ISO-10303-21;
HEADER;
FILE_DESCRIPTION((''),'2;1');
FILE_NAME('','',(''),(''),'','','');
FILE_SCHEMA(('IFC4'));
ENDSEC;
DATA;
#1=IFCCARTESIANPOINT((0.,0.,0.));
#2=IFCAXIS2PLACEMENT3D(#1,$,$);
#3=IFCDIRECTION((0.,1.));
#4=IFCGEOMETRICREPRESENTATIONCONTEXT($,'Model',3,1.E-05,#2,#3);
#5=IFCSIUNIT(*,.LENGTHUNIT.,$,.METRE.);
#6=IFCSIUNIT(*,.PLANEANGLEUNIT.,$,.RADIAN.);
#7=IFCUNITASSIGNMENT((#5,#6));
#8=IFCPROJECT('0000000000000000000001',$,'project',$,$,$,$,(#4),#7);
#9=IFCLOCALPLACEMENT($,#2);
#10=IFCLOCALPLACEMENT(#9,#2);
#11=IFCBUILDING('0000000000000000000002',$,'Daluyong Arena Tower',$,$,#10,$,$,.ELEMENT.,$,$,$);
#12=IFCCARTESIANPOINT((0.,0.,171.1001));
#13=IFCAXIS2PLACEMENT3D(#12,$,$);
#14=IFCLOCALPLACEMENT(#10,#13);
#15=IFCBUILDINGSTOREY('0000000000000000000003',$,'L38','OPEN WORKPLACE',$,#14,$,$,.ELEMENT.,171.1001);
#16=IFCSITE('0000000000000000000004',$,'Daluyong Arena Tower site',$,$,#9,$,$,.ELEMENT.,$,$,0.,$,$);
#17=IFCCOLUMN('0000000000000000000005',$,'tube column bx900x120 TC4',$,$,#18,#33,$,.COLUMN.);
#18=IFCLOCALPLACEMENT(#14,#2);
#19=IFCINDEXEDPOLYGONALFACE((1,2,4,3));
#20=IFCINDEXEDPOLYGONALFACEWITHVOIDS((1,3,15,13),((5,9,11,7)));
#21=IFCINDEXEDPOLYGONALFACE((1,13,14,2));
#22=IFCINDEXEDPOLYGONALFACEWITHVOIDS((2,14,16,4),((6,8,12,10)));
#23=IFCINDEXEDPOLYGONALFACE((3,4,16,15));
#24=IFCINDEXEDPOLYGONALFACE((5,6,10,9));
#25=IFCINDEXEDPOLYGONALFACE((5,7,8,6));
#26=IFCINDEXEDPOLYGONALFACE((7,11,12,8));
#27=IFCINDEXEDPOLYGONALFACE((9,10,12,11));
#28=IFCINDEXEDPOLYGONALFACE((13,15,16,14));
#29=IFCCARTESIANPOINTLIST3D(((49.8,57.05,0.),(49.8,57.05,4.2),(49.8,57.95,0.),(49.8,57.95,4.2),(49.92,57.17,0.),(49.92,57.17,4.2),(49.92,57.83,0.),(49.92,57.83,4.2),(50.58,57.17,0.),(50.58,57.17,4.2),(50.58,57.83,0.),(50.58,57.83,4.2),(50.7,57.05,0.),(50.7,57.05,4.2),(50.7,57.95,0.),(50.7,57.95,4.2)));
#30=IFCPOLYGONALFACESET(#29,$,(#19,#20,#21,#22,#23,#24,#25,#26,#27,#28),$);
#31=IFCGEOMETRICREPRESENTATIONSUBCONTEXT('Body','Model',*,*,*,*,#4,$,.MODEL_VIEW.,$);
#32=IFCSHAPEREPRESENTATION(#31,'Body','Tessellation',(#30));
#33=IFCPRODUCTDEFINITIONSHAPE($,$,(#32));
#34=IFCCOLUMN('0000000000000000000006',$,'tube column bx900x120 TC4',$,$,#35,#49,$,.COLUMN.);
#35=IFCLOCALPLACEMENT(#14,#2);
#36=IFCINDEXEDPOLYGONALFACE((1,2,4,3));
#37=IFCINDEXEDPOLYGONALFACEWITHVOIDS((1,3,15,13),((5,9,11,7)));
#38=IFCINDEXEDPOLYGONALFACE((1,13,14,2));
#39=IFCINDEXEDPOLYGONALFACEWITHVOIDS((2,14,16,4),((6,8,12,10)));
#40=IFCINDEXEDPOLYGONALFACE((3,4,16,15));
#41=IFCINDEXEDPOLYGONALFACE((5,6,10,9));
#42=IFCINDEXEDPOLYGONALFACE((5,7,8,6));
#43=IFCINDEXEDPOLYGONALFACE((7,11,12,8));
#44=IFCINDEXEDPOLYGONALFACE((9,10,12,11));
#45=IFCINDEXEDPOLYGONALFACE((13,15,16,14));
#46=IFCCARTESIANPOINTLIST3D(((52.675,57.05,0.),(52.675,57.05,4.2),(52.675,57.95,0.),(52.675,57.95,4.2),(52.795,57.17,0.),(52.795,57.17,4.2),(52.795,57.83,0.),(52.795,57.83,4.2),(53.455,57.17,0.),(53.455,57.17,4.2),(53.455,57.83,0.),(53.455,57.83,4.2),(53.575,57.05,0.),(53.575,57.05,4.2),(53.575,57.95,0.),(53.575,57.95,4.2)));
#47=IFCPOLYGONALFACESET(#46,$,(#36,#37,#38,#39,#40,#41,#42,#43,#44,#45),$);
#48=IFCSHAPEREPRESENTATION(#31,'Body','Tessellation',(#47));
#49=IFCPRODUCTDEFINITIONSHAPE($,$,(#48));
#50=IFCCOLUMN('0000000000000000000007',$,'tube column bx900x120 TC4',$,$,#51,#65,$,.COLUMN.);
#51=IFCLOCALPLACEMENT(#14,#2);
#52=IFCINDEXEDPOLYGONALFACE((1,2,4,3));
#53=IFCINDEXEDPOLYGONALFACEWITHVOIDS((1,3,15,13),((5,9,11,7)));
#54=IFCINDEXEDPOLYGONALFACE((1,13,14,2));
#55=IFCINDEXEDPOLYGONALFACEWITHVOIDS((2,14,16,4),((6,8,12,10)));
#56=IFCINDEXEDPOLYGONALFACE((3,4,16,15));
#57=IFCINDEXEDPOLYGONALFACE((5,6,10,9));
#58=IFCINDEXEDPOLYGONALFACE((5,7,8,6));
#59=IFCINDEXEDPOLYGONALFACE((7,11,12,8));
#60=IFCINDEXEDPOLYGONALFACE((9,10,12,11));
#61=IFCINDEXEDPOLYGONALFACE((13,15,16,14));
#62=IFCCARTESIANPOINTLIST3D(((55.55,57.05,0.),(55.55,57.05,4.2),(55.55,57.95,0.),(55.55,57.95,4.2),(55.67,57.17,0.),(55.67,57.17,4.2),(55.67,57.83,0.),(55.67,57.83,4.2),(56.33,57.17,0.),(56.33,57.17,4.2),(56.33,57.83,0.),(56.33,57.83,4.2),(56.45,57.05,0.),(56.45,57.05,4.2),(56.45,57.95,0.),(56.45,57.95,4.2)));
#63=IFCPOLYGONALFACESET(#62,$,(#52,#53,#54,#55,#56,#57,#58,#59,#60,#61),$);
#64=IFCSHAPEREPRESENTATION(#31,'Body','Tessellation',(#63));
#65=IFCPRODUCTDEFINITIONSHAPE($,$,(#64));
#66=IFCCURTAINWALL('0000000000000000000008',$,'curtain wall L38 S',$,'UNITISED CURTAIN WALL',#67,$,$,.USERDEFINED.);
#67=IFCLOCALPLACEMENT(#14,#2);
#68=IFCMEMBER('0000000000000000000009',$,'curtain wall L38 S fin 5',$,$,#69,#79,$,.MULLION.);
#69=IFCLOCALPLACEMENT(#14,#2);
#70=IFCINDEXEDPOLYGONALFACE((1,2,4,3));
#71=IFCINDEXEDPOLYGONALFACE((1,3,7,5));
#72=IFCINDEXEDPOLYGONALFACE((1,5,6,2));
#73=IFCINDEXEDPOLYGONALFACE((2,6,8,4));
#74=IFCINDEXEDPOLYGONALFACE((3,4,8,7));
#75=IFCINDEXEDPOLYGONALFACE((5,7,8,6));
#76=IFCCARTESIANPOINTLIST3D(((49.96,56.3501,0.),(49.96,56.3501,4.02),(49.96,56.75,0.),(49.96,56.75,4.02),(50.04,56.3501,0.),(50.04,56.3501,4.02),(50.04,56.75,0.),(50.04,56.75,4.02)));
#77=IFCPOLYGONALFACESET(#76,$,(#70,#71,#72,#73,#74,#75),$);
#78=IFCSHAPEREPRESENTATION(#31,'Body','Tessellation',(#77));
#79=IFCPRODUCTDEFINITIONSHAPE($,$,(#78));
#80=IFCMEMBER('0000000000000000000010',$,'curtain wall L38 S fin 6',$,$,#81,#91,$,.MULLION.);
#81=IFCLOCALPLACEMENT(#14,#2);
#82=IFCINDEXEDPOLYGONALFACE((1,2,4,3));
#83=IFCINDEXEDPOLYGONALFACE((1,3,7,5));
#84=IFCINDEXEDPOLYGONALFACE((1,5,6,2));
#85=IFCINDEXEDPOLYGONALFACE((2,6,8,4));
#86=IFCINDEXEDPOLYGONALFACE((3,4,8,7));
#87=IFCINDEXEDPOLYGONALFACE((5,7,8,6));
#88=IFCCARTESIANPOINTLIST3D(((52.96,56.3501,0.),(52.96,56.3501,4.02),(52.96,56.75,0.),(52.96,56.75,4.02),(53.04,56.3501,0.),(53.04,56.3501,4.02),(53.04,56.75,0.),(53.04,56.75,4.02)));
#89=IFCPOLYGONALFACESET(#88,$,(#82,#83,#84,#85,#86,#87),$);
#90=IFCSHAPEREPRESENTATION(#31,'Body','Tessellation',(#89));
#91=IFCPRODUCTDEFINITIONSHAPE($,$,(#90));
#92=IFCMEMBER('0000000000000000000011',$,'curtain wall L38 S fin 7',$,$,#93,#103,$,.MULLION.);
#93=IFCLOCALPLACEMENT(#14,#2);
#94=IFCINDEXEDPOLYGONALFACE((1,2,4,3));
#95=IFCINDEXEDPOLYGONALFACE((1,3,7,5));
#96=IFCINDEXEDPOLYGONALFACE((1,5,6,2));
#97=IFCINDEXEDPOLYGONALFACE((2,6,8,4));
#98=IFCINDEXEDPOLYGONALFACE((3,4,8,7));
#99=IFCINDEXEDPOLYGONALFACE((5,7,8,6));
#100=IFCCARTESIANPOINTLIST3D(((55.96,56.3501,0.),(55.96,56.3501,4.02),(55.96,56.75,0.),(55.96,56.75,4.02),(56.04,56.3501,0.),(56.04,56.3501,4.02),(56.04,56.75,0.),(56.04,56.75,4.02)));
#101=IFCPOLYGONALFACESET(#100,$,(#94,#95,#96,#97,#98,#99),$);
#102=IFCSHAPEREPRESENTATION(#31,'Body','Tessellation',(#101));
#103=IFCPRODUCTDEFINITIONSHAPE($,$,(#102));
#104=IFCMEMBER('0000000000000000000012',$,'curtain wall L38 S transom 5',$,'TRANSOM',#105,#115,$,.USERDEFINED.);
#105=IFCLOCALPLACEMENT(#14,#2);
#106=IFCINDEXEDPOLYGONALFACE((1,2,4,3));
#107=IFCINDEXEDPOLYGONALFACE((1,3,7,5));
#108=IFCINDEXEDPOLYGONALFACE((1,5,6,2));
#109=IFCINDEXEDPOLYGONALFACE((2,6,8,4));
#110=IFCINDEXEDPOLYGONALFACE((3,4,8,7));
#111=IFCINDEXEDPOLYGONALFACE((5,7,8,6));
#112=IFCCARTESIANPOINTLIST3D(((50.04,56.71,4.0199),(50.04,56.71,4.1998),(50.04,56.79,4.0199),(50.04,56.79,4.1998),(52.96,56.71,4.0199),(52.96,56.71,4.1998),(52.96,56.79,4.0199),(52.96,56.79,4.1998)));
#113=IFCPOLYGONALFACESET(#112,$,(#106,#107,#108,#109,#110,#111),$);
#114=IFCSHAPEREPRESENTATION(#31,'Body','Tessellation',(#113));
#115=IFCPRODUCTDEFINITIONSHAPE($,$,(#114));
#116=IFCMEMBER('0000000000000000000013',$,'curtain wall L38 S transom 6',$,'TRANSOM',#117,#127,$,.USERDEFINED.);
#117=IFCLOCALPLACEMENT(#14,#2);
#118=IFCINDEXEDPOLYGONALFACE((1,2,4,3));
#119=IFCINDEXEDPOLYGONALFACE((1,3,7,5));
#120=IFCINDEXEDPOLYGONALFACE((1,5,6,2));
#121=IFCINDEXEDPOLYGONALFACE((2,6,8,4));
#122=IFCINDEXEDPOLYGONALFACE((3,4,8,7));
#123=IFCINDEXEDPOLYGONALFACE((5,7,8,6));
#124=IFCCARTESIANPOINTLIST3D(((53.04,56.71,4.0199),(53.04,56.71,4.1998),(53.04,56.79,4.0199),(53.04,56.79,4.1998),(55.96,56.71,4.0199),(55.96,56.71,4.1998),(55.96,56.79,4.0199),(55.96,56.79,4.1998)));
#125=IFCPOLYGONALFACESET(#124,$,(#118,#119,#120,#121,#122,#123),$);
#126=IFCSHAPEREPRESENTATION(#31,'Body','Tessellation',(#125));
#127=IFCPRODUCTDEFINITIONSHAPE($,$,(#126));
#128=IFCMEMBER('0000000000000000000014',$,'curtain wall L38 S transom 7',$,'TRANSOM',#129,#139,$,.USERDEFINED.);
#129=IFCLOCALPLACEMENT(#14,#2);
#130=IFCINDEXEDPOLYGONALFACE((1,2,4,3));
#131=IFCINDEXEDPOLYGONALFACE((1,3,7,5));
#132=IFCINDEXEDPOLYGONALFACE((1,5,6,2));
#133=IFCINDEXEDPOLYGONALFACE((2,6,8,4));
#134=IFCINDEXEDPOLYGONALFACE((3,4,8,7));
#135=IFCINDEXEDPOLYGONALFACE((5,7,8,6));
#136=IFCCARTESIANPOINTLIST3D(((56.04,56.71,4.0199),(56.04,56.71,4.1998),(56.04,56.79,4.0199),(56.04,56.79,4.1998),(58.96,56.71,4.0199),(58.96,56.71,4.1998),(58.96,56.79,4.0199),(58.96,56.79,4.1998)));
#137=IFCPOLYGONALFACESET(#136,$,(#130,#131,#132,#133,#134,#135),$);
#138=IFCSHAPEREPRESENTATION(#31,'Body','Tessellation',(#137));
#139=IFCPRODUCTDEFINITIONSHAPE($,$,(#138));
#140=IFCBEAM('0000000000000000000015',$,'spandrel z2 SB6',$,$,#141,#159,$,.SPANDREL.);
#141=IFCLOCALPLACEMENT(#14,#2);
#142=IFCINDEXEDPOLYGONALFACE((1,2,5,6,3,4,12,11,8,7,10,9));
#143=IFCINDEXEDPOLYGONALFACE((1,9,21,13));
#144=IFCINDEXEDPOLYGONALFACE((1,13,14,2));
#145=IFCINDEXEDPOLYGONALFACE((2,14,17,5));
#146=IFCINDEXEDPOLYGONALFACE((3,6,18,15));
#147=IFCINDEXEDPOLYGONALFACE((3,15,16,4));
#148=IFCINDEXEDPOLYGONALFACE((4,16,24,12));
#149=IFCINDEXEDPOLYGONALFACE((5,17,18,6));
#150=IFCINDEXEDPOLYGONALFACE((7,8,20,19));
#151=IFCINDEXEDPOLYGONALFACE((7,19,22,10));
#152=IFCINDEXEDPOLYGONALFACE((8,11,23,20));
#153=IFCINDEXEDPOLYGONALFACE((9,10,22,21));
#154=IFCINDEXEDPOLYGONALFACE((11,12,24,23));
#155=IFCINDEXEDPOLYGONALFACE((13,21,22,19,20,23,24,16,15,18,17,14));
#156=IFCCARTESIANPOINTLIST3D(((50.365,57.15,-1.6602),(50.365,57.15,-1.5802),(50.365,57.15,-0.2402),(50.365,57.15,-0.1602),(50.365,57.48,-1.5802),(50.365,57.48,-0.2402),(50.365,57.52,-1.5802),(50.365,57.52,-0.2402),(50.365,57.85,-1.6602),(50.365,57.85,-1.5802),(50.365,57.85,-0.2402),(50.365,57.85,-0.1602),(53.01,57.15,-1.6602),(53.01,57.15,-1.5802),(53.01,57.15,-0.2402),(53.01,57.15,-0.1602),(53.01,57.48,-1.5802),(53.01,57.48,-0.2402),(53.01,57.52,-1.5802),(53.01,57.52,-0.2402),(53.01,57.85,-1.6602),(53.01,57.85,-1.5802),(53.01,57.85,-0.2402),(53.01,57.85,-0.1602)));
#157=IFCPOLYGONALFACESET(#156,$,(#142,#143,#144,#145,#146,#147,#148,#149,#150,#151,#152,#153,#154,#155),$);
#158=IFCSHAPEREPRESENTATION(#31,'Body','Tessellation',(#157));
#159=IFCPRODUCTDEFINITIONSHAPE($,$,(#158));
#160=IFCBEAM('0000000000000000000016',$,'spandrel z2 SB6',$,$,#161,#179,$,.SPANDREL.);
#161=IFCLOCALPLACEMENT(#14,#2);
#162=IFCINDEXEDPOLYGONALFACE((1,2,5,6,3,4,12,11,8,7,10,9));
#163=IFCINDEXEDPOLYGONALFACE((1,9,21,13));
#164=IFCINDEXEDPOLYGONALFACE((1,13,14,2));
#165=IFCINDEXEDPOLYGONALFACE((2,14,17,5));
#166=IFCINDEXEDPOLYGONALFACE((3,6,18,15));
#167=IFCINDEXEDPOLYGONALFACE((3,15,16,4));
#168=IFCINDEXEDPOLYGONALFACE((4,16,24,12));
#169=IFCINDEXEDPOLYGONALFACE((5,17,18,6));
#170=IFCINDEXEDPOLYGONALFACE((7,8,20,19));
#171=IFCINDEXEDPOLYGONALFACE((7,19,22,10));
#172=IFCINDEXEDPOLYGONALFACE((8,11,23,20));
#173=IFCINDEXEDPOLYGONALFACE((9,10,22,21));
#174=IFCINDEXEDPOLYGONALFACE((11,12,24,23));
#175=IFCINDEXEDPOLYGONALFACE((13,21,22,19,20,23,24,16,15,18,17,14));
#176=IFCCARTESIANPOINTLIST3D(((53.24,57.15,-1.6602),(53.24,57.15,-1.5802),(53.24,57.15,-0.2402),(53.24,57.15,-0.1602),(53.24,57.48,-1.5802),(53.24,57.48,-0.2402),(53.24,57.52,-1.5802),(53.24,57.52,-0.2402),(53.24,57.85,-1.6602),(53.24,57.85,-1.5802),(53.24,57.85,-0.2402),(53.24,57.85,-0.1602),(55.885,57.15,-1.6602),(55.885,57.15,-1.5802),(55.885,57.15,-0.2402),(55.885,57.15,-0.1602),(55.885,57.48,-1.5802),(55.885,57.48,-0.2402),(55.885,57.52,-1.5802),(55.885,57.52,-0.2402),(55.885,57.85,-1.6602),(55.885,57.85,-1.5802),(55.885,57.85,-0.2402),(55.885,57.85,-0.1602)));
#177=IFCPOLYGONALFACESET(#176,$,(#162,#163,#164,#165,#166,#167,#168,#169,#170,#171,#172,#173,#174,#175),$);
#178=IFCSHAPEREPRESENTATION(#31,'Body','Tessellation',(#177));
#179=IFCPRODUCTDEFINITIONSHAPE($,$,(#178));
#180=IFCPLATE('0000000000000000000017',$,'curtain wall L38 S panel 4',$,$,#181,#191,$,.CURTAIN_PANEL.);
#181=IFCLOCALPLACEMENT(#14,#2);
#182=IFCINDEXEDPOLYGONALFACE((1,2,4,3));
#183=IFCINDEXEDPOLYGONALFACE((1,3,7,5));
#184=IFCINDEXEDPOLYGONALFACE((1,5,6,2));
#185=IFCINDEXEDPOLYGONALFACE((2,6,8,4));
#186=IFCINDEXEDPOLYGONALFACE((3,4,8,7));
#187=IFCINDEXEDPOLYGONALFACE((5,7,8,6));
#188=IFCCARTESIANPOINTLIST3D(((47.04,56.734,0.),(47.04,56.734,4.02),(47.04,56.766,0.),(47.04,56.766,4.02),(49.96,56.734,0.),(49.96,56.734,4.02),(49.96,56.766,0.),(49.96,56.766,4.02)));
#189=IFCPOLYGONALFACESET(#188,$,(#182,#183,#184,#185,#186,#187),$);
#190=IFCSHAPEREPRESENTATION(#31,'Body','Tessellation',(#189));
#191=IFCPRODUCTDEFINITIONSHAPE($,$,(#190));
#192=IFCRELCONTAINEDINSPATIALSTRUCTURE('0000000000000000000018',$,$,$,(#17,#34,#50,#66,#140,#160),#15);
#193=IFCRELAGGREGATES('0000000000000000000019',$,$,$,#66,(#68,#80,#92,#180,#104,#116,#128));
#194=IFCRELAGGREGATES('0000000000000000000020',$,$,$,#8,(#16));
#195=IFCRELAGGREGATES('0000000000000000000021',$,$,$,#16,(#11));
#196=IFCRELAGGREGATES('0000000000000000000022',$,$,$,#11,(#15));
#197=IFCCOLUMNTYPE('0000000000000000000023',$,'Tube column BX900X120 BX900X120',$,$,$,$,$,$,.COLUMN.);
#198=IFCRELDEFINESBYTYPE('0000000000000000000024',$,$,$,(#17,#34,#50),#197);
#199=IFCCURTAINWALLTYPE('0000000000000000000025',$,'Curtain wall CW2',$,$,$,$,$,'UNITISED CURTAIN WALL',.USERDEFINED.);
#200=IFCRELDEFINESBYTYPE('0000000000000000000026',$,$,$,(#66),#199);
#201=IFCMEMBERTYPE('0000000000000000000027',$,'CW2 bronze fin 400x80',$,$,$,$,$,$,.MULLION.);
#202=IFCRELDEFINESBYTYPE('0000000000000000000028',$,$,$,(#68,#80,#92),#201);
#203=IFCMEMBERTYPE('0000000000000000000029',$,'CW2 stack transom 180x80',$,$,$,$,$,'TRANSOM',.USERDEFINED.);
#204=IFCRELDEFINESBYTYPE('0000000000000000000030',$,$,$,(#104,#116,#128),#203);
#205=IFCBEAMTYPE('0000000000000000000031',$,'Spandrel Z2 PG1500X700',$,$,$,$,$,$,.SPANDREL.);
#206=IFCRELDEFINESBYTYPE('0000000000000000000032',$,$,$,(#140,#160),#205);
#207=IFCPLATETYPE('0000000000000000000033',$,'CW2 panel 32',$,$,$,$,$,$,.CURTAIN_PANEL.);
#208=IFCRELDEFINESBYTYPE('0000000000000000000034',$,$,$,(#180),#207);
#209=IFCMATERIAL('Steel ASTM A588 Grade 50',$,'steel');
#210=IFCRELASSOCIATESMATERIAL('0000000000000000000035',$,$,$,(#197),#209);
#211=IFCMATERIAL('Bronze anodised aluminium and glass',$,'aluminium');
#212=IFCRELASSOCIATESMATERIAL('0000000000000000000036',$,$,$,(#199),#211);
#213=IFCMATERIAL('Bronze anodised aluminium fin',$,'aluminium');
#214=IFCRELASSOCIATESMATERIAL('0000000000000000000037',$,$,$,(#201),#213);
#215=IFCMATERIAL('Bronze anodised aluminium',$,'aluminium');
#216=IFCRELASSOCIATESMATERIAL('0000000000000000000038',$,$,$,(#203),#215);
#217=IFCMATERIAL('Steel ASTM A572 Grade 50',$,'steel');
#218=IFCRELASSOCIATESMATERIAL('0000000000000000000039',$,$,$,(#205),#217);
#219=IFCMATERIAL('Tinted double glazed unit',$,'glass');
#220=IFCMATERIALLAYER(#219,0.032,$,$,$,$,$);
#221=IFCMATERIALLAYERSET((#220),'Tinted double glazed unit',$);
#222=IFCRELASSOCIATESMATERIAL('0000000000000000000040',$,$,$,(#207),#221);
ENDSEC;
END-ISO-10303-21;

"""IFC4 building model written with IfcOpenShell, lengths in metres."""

from ifc_helpers import new_model, si_unit, direction, frame, origin, origin_2d, place, context, subcontext, project, spatial, rectangle, hollow_rectangle, i_section, extrude, material, layer, layer_set, material_profile, profile_set, type_object, element, aggregate, save


model = new_model("IFC4")

# Units and contexts
model_context = context("Model", 3, precision=1e-05, world=origin(), true_north=direction((0.0, 1.0)))
body_context = subcontext(model_context, "Body", "Model", "MODEL_VIEW")
ifc_project = project(units=[si_unit("LENGTHUNIT", "METRE"), si_unit("PLANEANGLEUNIT", "RADIAN")], contexts=[model_context])

# Site, building, storey
site_placement = place(None, origin())
site = spatial("IfcSite", under=ifc_project, at=site_placement, Name="Daluyong Arena Tower site", CompositionType="ELEMENT", RefElevation=0.0)
building_placement = place(site_placement, origin())
building = spatial("IfcBuilding", under=site, at=building_placement, Name="Daluyong Arena Tower", CompositionType="ELEMENT")
storey_placement = place(building_placement, frame((0.0, 0.0, 171.1001)))
storey = spatial("IfcBuildingStorey", under=building, at=storey_placement, Name="L38", Description="OPEN WORKPLACE", CompositionType="ELEMENT", Elevation=171.1001)

# Columns
ifc_material_1 = material(Name="Steel ASTM A588 Grade 50", Category="steel")
ifc_material_profile_1 = material_profile(ifc_material_1, hollow_rectangle(XDim=0.8999, YDim=0.8999, WallThickness=0.12, at=origin_2d()))
ifc_profile_set_1 = profile_set([ifc_material_profile_1], Name="Steel ASTM A588 Grade 50")
column_type = type_object("IfcColumnType", Name="Tube column BX900X120 BX900X120", PredefinedType="COLUMN", material=ifc_profile_set_1)
for number, where, z_axis, x_axis, name in (
    (1, (50.25, 57.5, 0.0), (0.0, 0.0, 1.0), (1.0, 0.0, 0.0), "tube column bx900x120 TC4"),
    (2, (53.125, 57.5, 0.0), (0.0, 0.0, 1.0), (1.0, 0.0, 0.0), "tube column bx900x120 TC4"),
    (3, (56.0, 57.5, 0.0), (0.0, 0.0, 1.0), (1.0, 0.0, 0.0), "tube column bx900x120 TC4"),
):
    element("IfcColumn", number, at=place(storey_placement, frame(where, z_axis=z_axis, x_axis=x_axis)), inside=storey, type_object=column_type, Name=name, PredefinedType="COLUMN", context=body_context, shape_type="SweptSolid", body=[
        extrude(hollow_rectangle(XDim=0.8999, YDim=0.8999, WallThickness=0.12, at=origin_2d()), origin(), (0.0, 0.0, 1.0), 4.2),
    ])

# Curtain wall, members
ifc_material_2 = material(Name="Bronze anodised aluminium and glass", Category="aluminium")
curtain_wall_type = type_object("IfcCurtainWallType", Name="Curtain wall CW2", ElementType="UNITISED CURTAIN WALL", PredefinedType="USERDEFINED", material=ifc_material_2)
curtain_wall_placement = place(storey_placement, origin())
curtain_wall = element("IfcCurtainWall", 4, at=curtain_wall_placement, inside=storey, type_object=curtain_wall_type, Name="curtain wall L38 S", ObjectType="UNITISED CURTAIN WALL", PredefinedType="USERDEFINED")
ifc_material_3 = material(Name="Bronze anodised aluminium fin", Category="aluminium")
ifc_material_profile_2 = material_profile(ifc_material_3, rectangle(XDim=0.3999, YDim=0.0801, at=origin_2d()))
ifc_profile_set_2 = profile_set([ifc_material_profile_2], Name="Bronze anodised aluminium fin")
member_type_1 = type_object("IfcMemberType", Name="CW2 bronze fin 400x80", PredefinedType="MULLION", material=ifc_profile_set_2)
member_1_placement = place(storey_placement, frame((50.0, 56.55, 0.0), z_axis=(0.0, 0.0, 1.0), x_axis=(0.0, 1.0, 0.0)))
member_1 = element("IfcMember", 5, at=member_1_placement, type_object=member_type_1, Name="curtain wall L38 S fin 5", PredefinedType="MULLION", context=body_context, shape_type="SweptSolid", body=[
    extrude(rectangle(XDim=0.3999, YDim=0.0801, at=origin_2d()), origin(), (0.0, 0.0, 1.0), 4.02),
])
member_2_placement = place(storey_placement, frame((53.0, 56.55, 0.0), z_axis=(0.0, 0.0, 1.0), x_axis=(0.0, 1.0, 0.0)))
member_2 = element("IfcMember", 6, at=member_2_placement, type_object=member_type_1, Name="curtain wall L38 S fin 6", PredefinedType="MULLION", context=body_context, shape_type="SweptSolid", body=[
    extrude(rectangle(XDim=0.3999, YDim=0.0801, at=origin_2d()), origin(), (0.0, 0.0, 1.0), 4.02),
])
member_3_placement = place(storey_placement, frame((56.0, 56.55, 0.0), z_axis=(0.0, 0.0, 1.0), x_axis=(0.0, 1.0, 0.0)))
member_3 = element("IfcMember", 7, at=member_3_placement, type_object=member_type_1, Name="curtain wall L38 S fin 7", PredefinedType="MULLION", context=body_context, shape_type="SweptSolid", body=[
    extrude(rectangle(XDim=0.3999, YDim=0.0801, at=origin_2d()), origin(), (0.0, 0.0, 1.0), 4.02),
])
ifc_material_4 = material(Name="Bronze anodised aluminium", Category="aluminium")
ifc_material_profile_3 = material_profile(ifc_material_4, rectangle(XDim=0.0801, YDim=0.1799, at=origin_2d()))
ifc_profile_set_3 = profile_set([ifc_material_profile_3], Name="Bronze anodised aluminium")
member_type_2 = type_object("IfcMemberType", Name="CW2 stack transom 180x80", ElementType="TRANSOM", PredefinedType="USERDEFINED", material=ifc_profile_set_3)
member_4_placement = place(storey_placement, frame((50.04, 56.75, 4.1099), z_axis=(1.0, 0.0, 0.0), x_axis=(0.0, 1.0, 0.0)))
member_4 = element("IfcMember", 8, at=member_4_placement, type_object=member_type_2, Name="curtain wall L38 S transom 5", ObjectType="TRANSOM", PredefinedType="USERDEFINED", context=body_context, shape_type="SweptSolid", body=[
    extrude(rectangle(XDim=0.0801, YDim=0.1799, at=origin_2d()), origin(), (0.0, 0.0, 1.0), 2.9199),
])
member_5_placement = place(storey_placement, frame((53.04, 56.75, 4.1099), z_axis=(1.0, 0.0, 0.0), x_axis=(0.0, 1.0, 0.0)))
member_5 = element("IfcMember", 9, at=member_5_placement, type_object=member_type_2, Name="curtain wall L38 S transom 6", ObjectType="TRANSOM", PredefinedType="USERDEFINED", context=body_context, shape_type="SweptSolid", body=[
    extrude(rectangle(XDim=0.0801, YDim=0.1799, at=origin_2d()), origin(), (0.0, 0.0, 1.0), 2.9199),
])
member_6_placement = place(storey_placement, frame((56.04, 56.75, 4.1099), z_axis=(1.0, 0.0, 0.0), x_axis=(0.0, 1.0, 0.0)))
member_6 = element("IfcMember", 10, at=member_6_placement, type_object=member_type_2, Name="curtain wall L38 S transom 7", ObjectType="TRANSOM", PredefinedType="USERDEFINED", context=body_context, shape_type="SweptSolid", body=[
    extrude(rectangle(XDim=0.0801, YDim=0.1799, at=origin_2d()), origin(), (0.0, 0.0, 1.0), 2.9199),
])

# Beams
ifc_material_5 = material(Name="Steel ASTM A572 Grade 50", Category="steel")
ifc_material_profile_4 = material_profile(ifc_material_5, i_section(OverallWidth=0.7, OverallDepth=1.5, WebThickness=0.04, FlangeThickness=0.08, at=origin_2d()))
ifc_profile_set_4 = profile_set([ifc_material_profile_4], Name="Steel ASTM A572 Grade 50")
beam_type = type_object("IfcBeamType", Name="Spandrel Z2 PG1500X700", PredefinedType="SPANDREL", material=ifc_profile_set_4)
for number, where, z_axis, x_axis, name in (
    (11, (50.365, 57.5, -0.9102), (1.0, 0.0, 0.0), (0.0, 1.0, 0.0), "spandrel z2 SB6"),
    (12, (53.24, 57.5, -0.9102), (1.0, 0.0, 0.0), (0.0, 1.0, 0.0), "spandrel z2 SB6"),
):
    element("IfcBeam", number, at=place(storey_placement, frame(where, z_axis=z_axis, x_axis=x_axis)), inside=storey, type_object=beam_type, Name=name, PredefinedType="SPANDREL", context=body_context, shape_type="SweptSolid", body=[
        extrude(i_section(OverallWidth=0.7, OverallDepth=1.5, WebThickness=0.04, FlangeThickness=0.08, at=origin_2d()), origin(), (0.0, 0.0, 1.0), 2.645),
    ])

# Plate
ifc_material_6 = material(Name="Tinted double glazed unit", Category="glass")
ifc_layer = layer(ifc_material_6, 0.032)
ifc_layer_set = layer_set([ifc_layer], Name="Tinted double glazed unit")
plate_type = type_object("IfcPlateType", Name="CW2 panel 32", PredefinedType="CURTAIN_PANEL", material=ifc_layer_set)
plate_1_placement = place(storey_placement, frame((48.5, 56.75, 0.0), z_axis=(0.0, 0.0, 1.0), x_axis=(1.0, 0.0, 0.0)))
plate_1 = element("IfcPlate", 13, at=plate_1_placement, type_object=plate_type, Name="curtain wall L38 S panel 4", PredefinedType="CURTAIN_PANEL", context=body_context, shape_type="SweptSolid", body=[
    extrude(rectangle(XDim=2.9199, YDim=0.032, at=origin_2d()), origin(), (0.0, 0.0, 1.0), 4.02),
])
aggregate(curtain_wall, [member_1, member_2, member_3, plate_1, member_4, member_5, member_6])

save(model, "model.ifc")
